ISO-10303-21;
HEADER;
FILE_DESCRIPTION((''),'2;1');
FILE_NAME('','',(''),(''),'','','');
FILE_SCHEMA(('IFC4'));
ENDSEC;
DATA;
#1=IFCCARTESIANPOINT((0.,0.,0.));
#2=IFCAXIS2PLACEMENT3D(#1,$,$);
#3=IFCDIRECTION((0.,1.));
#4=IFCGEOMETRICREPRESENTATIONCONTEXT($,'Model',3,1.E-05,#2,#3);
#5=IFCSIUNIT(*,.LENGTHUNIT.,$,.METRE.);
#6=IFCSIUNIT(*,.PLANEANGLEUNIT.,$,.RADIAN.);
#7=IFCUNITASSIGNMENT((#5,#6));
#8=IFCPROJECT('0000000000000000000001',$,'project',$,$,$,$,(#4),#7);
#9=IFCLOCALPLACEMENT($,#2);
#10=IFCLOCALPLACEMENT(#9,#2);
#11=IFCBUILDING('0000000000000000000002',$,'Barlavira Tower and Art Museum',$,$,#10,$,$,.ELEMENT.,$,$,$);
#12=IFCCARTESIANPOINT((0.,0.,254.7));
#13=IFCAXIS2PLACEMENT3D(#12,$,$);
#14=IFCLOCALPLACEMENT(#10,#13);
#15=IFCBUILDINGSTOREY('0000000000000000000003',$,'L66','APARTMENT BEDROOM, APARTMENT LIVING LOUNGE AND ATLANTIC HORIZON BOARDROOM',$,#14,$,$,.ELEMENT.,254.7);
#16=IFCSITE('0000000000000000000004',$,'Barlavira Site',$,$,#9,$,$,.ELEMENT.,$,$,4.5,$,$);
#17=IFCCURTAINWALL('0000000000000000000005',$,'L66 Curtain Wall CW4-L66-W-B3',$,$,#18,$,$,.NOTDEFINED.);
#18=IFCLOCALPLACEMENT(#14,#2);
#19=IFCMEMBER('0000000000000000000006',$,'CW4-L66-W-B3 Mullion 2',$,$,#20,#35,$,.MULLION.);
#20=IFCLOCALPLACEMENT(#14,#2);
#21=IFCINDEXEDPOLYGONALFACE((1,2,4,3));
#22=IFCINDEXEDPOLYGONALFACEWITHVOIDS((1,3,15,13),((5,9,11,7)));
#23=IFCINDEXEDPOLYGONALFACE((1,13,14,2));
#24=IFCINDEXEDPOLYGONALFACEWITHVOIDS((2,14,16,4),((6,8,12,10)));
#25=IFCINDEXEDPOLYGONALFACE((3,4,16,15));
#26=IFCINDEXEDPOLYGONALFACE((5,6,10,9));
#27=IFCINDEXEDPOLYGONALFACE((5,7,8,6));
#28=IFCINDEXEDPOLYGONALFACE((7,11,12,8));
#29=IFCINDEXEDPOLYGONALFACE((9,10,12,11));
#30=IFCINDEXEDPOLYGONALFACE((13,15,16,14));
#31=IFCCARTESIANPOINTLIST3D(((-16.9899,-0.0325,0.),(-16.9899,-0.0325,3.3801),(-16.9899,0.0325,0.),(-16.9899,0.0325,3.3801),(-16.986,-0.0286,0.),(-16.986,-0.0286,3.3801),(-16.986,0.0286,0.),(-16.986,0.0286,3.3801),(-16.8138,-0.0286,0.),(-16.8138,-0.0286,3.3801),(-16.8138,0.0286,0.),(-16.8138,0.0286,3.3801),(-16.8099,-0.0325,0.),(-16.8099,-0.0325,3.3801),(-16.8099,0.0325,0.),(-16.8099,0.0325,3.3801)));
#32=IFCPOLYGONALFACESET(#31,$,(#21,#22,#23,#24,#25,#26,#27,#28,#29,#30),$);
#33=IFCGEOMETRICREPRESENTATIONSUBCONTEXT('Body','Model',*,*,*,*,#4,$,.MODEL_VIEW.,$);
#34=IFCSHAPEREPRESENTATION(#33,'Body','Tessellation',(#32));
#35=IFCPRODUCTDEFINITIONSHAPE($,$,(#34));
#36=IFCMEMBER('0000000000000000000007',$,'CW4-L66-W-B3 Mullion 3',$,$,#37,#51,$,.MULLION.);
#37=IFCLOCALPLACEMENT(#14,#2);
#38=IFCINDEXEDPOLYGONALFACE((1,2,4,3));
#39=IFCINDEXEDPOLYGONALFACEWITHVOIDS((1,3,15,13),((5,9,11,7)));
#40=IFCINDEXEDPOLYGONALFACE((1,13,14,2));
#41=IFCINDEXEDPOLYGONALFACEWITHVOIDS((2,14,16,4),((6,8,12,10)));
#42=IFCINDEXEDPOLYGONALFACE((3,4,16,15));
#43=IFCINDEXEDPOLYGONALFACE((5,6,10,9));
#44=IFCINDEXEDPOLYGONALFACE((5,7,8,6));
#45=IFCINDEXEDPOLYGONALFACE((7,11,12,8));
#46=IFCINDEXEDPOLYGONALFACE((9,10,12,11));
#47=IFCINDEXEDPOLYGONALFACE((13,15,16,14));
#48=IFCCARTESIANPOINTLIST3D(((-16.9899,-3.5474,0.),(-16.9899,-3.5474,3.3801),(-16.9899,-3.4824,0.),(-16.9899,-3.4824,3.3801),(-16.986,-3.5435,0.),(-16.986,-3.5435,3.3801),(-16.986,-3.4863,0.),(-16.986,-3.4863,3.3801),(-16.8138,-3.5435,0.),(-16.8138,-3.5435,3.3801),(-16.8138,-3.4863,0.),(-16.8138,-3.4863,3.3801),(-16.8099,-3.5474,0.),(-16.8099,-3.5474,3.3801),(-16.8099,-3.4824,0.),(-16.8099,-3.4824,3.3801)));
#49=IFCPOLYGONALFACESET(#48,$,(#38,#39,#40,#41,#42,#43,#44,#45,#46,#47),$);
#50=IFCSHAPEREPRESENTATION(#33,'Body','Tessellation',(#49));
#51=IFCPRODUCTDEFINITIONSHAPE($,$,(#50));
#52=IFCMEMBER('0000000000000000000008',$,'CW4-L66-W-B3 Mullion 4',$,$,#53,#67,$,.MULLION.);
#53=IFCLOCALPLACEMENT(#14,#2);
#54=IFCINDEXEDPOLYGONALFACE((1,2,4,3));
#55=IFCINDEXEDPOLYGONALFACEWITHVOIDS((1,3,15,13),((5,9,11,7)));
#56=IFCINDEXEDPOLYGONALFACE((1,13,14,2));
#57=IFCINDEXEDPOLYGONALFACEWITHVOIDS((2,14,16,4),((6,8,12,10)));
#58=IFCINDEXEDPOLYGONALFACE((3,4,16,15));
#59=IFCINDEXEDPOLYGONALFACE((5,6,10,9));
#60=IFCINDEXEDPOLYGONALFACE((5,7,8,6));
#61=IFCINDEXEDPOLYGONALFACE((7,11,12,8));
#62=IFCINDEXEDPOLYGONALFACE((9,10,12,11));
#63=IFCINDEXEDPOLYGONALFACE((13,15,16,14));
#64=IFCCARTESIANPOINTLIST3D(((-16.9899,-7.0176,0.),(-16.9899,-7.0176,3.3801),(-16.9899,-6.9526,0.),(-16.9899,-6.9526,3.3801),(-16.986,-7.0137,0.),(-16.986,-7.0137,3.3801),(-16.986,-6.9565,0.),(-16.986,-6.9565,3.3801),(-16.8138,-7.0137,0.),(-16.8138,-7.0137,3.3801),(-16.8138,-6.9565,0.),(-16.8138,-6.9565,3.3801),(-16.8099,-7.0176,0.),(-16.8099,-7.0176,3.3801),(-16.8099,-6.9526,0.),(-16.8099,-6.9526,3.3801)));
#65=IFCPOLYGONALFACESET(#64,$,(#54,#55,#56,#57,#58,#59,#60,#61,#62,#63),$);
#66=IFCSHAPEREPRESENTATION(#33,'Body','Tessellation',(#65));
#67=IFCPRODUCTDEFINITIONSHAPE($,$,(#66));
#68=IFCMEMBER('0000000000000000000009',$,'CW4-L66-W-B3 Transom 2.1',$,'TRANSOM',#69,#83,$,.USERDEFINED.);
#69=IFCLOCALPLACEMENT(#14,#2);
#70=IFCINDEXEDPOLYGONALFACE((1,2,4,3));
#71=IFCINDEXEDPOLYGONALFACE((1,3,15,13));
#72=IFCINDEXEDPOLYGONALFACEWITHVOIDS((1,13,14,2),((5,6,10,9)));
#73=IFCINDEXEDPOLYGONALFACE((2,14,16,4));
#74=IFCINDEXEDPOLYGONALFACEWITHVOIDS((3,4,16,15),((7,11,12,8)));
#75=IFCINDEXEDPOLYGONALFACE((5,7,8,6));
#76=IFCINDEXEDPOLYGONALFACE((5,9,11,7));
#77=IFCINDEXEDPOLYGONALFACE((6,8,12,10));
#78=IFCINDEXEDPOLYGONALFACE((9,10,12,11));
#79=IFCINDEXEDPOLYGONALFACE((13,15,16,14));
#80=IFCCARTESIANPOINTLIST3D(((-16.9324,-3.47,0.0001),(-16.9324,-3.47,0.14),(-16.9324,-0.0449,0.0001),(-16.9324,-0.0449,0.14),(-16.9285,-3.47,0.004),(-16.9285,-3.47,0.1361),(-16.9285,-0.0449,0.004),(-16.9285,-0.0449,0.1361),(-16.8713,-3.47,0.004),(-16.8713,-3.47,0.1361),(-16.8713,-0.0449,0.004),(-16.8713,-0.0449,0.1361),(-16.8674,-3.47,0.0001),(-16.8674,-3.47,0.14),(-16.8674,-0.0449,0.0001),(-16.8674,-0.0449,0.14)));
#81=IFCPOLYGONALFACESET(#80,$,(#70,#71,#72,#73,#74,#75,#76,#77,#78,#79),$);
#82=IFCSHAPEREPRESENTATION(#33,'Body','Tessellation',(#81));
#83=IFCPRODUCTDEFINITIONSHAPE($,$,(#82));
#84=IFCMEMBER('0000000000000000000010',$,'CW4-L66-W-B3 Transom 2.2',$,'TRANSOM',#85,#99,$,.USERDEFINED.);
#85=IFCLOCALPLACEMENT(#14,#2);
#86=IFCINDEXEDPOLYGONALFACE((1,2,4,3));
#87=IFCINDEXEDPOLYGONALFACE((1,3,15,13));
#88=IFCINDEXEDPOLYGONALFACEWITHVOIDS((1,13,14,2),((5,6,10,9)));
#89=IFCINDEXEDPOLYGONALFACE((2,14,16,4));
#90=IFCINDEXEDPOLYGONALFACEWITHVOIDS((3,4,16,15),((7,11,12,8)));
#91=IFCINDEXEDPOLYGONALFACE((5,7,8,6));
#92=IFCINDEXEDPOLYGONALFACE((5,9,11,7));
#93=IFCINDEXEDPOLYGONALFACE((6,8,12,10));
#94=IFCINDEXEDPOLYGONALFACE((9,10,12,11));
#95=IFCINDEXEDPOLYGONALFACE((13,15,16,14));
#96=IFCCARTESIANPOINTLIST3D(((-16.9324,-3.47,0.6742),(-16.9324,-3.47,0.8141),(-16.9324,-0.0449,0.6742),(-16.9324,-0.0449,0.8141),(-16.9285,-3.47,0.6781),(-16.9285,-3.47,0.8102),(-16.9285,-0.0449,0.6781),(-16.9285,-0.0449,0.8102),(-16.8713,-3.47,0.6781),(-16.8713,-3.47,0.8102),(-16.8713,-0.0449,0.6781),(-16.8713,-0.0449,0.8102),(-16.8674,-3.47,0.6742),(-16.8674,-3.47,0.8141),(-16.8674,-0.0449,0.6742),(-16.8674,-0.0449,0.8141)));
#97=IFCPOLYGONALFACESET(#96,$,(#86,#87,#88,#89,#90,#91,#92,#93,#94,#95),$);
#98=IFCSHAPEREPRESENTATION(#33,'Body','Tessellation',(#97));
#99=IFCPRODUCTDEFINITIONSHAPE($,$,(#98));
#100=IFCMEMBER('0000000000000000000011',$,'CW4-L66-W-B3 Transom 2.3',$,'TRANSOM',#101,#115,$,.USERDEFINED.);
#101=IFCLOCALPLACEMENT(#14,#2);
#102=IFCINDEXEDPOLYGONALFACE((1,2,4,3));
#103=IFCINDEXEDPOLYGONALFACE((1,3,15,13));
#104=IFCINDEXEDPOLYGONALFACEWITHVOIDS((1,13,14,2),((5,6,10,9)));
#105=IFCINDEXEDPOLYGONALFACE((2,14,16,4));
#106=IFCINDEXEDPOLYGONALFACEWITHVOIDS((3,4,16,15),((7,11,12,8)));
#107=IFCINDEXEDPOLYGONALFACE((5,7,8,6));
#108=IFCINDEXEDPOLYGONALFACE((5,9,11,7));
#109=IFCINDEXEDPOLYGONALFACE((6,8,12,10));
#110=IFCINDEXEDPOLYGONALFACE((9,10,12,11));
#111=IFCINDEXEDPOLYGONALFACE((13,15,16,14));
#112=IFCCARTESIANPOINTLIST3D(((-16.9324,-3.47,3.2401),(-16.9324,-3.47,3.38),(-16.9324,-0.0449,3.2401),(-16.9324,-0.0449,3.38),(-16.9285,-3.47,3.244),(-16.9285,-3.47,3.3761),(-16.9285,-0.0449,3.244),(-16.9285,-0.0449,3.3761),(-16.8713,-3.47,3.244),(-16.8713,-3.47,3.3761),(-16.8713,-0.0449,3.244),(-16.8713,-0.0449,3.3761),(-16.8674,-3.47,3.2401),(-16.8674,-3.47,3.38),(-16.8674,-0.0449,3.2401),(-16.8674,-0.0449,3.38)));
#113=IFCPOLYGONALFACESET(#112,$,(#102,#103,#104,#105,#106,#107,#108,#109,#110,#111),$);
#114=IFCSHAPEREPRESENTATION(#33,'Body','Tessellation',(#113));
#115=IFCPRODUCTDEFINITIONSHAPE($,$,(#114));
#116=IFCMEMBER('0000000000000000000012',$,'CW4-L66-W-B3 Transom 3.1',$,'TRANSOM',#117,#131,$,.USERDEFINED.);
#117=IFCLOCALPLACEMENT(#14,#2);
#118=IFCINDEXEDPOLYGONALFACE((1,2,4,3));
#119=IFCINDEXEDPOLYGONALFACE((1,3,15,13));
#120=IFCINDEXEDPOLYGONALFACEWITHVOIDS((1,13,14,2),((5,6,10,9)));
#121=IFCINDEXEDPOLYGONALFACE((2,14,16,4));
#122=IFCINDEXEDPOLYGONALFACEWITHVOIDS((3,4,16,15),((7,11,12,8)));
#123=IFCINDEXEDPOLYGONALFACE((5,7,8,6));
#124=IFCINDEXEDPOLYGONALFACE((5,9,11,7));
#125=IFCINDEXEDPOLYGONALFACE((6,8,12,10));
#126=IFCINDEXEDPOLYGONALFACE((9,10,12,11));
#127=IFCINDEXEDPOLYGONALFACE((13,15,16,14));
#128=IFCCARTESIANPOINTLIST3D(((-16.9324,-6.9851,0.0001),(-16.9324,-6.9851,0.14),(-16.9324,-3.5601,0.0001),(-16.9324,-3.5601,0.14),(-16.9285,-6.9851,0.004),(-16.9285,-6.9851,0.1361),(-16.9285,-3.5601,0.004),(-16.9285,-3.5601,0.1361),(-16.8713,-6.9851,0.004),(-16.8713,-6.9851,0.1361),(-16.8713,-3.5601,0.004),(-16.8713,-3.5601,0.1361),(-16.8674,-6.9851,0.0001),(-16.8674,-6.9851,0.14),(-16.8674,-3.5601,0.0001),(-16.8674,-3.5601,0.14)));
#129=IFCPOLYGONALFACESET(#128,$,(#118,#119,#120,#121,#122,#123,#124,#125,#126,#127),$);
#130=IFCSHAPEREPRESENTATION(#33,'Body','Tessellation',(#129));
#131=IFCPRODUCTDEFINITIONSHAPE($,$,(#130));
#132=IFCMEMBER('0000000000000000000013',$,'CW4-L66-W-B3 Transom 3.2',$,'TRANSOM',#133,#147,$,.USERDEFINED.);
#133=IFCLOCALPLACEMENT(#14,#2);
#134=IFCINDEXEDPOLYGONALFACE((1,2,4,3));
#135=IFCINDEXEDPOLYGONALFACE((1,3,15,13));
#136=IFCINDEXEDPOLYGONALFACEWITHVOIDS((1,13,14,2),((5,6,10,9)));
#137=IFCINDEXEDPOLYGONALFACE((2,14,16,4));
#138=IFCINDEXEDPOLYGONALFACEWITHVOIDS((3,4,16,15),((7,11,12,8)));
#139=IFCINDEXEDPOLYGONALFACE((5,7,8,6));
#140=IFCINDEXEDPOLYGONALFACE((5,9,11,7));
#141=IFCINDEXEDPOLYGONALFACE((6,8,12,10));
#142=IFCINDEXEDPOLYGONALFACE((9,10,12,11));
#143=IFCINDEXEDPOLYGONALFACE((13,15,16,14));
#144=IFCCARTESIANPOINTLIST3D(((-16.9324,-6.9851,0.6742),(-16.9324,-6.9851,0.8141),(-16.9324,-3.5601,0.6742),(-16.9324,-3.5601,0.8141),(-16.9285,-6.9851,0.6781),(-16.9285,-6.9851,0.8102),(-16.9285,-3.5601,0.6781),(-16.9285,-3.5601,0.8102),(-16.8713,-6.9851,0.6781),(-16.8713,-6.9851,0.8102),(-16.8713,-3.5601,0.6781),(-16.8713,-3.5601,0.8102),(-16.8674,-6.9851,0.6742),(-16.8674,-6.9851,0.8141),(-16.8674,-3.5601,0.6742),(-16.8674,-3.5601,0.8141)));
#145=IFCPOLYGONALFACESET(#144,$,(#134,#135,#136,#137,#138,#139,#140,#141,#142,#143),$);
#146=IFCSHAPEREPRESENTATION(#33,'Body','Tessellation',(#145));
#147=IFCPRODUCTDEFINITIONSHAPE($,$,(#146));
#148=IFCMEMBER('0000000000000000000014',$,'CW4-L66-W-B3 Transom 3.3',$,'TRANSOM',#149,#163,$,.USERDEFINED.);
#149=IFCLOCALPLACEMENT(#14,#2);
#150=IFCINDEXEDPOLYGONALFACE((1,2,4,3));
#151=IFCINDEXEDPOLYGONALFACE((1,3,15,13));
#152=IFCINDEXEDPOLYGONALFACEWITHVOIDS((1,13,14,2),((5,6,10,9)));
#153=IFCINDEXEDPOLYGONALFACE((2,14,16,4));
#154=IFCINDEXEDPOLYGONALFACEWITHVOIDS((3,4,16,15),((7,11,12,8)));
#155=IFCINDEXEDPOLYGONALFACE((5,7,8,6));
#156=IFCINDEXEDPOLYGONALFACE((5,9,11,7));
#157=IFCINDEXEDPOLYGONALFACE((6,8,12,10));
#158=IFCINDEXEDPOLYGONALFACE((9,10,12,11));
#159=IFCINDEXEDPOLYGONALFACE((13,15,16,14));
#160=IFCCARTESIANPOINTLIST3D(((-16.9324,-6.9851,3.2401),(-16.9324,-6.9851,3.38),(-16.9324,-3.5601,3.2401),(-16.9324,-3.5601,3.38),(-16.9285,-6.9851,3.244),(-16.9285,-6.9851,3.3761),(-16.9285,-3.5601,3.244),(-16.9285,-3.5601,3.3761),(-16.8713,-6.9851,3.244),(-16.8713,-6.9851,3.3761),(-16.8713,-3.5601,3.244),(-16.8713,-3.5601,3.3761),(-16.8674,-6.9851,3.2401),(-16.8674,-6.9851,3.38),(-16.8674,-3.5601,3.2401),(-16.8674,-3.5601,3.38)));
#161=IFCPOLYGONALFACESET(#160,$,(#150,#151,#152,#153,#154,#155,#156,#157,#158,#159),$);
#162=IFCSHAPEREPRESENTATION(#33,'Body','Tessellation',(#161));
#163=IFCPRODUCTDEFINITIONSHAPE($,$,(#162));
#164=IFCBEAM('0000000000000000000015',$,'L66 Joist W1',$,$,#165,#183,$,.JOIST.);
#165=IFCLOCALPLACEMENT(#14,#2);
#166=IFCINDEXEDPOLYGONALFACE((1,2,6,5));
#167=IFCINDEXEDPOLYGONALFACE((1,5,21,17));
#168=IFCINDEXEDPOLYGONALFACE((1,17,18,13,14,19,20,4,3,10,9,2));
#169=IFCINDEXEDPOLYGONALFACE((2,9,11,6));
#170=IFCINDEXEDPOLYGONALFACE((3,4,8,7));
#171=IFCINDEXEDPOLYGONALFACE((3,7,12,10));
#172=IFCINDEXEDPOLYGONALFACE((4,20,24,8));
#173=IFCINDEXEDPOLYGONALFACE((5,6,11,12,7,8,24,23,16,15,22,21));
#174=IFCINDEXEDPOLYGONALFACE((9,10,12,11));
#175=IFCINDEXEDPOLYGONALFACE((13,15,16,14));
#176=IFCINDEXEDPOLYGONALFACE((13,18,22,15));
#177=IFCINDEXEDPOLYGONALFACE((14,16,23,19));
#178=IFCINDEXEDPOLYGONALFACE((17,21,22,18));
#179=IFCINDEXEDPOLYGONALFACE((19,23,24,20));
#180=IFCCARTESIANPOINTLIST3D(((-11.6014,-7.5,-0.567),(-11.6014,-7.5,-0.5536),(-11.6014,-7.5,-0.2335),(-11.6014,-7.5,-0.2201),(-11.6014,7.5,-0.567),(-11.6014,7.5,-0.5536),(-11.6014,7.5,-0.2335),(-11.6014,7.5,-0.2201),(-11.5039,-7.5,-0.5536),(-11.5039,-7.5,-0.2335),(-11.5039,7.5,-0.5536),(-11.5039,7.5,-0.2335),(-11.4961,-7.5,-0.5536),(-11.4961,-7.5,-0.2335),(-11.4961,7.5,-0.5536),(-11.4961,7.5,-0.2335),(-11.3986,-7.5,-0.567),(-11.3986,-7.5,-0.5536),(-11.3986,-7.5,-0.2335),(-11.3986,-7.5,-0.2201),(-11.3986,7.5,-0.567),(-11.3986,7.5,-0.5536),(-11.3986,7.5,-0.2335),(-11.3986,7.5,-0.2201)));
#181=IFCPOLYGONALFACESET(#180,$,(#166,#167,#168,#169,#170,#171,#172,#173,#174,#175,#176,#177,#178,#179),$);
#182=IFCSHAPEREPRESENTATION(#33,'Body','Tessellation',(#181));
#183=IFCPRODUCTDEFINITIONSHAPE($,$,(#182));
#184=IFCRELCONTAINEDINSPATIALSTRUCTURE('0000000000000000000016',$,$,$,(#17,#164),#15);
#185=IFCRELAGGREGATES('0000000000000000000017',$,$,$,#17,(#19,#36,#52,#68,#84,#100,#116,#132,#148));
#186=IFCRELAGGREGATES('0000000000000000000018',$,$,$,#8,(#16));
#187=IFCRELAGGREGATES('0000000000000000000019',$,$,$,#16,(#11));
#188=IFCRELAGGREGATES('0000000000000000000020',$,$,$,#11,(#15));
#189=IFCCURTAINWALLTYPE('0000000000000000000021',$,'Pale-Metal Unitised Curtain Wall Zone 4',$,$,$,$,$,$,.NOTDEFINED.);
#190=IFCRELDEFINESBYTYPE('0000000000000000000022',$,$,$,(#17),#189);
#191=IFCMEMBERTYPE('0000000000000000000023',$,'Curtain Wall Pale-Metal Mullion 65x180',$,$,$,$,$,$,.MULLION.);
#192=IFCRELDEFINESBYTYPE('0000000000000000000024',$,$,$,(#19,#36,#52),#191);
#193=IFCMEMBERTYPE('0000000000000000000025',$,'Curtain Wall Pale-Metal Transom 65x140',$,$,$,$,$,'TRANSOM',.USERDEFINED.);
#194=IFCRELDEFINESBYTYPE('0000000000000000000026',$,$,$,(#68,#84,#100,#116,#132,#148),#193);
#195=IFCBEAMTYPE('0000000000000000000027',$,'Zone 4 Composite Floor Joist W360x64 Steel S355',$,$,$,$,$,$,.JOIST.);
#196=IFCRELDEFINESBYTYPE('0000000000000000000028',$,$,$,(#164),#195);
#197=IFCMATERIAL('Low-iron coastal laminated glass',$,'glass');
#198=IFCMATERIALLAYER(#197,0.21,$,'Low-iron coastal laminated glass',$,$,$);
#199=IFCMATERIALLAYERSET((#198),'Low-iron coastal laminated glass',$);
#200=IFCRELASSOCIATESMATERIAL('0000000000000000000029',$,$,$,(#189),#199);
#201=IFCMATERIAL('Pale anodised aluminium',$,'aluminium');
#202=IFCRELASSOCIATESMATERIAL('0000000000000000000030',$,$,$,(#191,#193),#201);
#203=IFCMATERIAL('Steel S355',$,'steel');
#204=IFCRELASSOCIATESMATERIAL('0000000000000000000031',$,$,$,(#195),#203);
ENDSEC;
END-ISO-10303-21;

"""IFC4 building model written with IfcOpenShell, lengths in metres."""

from ifc_helpers import new_model, si_unit, direction, frame, origin, origin_2d, place, context, subcontext, project, spatial, hollow_rectangle, i_section, extrude, material, layer, layer_set, material_profile, profile_set, type_object, element, aggregate, save


model = new_model("IFC4")

# Units and contexts
model_context = context("Model", 3, precision=1e-05, world=origin(), true_north=direction((0.0, 1.0)))
body_context = subcontext(model_context, "Body", "Model", "MODEL_VIEW")
ifc_project = project(units=[si_unit("LENGTHUNIT", "METRE"), si_unit("PLANEANGLEUNIT", "RADIAN")], contexts=[model_context])

# Site, building, storey
site_placement = place(None, origin())
site = spatial("IfcSite", under=ifc_project, at=site_placement, Name="Barlavira Site", CompositionType="ELEMENT", RefElevation=4.5)
building_placement = place(site_placement, origin())
building = spatial("IfcBuilding", under=site, at=building_placement, Name="Barlavira Tower and Art Museum", CompositionType="ELEMENT")
storey_placement = place(building_placement, frame((0.0, 0.0, 254.7)))
storey = spatial("IfcBuildingStorey", under=building, at=storey_placement, Name="L66", Description="APARTMENT BEDROOM, APARTMENT LIVING LOUNGE AND ATLANTIC HORIZON BOARDROOM", CompositionType="ELEMENT", Elevation=254.7)

# Curtain wall, members
ifc_material_1 = material(Name="Low-iron coastal laminated glass", Category="glass")
ifc_layer_1 = layer(ifc_material_1, 0.21, Name="Low-iron coastal laminated glass")
ifc_layer_set_1 = layer_set([ifc_layer_1], Name="Low-iron coastal laminated glass")
curtain_wall_type = type_object("IfcCurtainWallType", Name="Pale-Metal Unitised Curtain Wall Zone 4", PredefinedType="NOTDEFINED", material=ifc_layer_set_1)
curtain_wall_placement = place(storey_placement, origin())
curtain_wall = element("IfcCurtainWall", 1, at=curtain_wall_placement, inside=storey, type_object=curtain_wall_type, Name="L66 Curtain Wall CW4-L66-W-B3", PredefinedType="NOTDEFINED")
ifc_material_2 = material(Name="Pale anodised aluminium", Category="aluminium")
ifc_material_profile_1 = material_profile(ifc_material_2, hollow_rectangle(XDim=0.0649, YDim=0.1799, WallThickness=0.0039, at=origin_2d()), Name="ALU-MULL 65x180x4")
ifc_profile_set_1 = profile_set([ifc_material_profile_1], Name="Pale anodised aluminium")
member_type_1 = type_object("IfcMemberType", Name="Curtain Wall Pale-Metal Mullion 65x180", PredefinedType="MULLION", material=ifc_profile_set_1)
member_1_placement = place(storey_placement, frame((-16.8999, 0.0, 0.0), z_axis=(0.0, 0.0, 1.0), x_axis=(0.0, -1.0, 0.0)))
member_1 = element("IfcMember", 2, at=member_1_placement, type_object=member_type_1, Name="CW4-L66-W-B3 Mullion 2", PredefinedType="MULLION", context=body_context, shape_type="SweptSolid", body=[
    extrude(hollow_rectangle(XDim=0.0649, YDim=0.1799, WallThickness=0.0039, at=origin_2d()), origin(), (0.0, 0.0, 1.0), 3.3801),
])
member_2_placement = place(storey_placement, frame((-16.8999, -3.5149, 0.0), z_axis=(0.0, 0.0, 1.0), x_axis=(0.0, -1.0, 0.0)))
member_2 = element("IfcMember", 3, at=member_2_placement, type_object=member_type_1, Name="CW4-L66-W-B3 Mullion 3", PredefinedType="MULLION", context=body_context, shape_type="SweptSolid", body=[
    extrude(hollow_rectangle(XDim=0.0649, YDim=0.1799, WallThickness=0.0039, at=origin_2d()), origin(), (0.0, 0.0, 1.0), 3.3801),
])
member_3_placement = place(storey_placement, frame((-16.8999, -6.9851, 0.0), z_axis=(0.0, 0.0, 1.0), x_axis=(0.0, -1.0, 0.0)))
member_3 = element("IfcMember", 4, at=member_3_placement, type_object=member_type_1, Name="CW4-L66-W-B3 Mullion 4", PredefinedType="MULLION", context=body_context, shape_type="SweptSolid", body=[
    extrude(hollow_rectangle(XDim=0.0649, YDim=0.1799, WallThickness=0.0039, at=origin_2d()), origin(), (0.0, 0.0, 1.0), 3.3801),
])
ifc_material_profile_2 = material_profile(ifc_material_2, hollow_rectangle(XDim=0.0649, YDim=0.1399, WallThickness=0.0039, at=origin_2d()), Name="ALU-TRAN 65x140x4")
ifc_profile_set_2 = profile_set([ifc_material_profile_2], Name="Pale anodised aluminium")
member_type_2 = type_object("IfcMemberType", Name="Curtain Wall Pale-Metal Transom 65x140", ElementType="TRANSOM", PredefinedType="USERDEFINED", material=ifc_profile_set_2)
member_4_placement = place(storey_placement, frame((-16.8999, -0.0449, 0.0701), z_axis=(0.0, -1.0, 0.0), x_axis=(1.0, 0.0, 0.0)))
member_4 = element("IfcMember", 5, at=member_4_placement, type_object=member_type_2, Name="CW4-L66-W-B3 Transom 2.1", ObjectType="TRANSOM", PredefinedType="USERDEFINED", context=body_context, shape_type="SweptSolid", body=[
    extrude(hollow_rectangle(XDim=0.0649, YDim=0.1399, WallThickness=0.0039, at=origin_2d()), origin(), (0.0, 0.0, 1.0), 3.425),
])
member_5_placement = place(storey_placement, frame((-16.8999, -0.0449, 0.7441), z_axis=(0.0, -1.0, 0.0), x_axis=(1.0, 0.0, 0.0)))
member_5 = element("IfcMember", 6, at=member_5_placement, type_object=member_type_2, Name="CW4-L66-W-B3 Transom 2.2", ObjectType="TRANSOM", PredefinedType="USERDEFINED", context=body_context, shape_type="SweptSolid", body=[
    extrude(hollow_rectangle(XDim=0.0649, YDim=0.1399, WallThickness=0.0039, at=origin_2d()), origin(), (0.0, 0.0, 1.0), 3.425),
])
member_6_placement = place(storey_placement, frame((-16.8999, -0.0449, 3.3101), z_axis=(0.0, -1.0, 0.0), x_axis=(1.0, 0.0, 0.0)))
member_6 = element("IfcMember", 7, at=member_6_placement, type_object=member_type_2, Name="CW4-L66-W-B3 Transom 2.3", ObjectType="TRANSOM", PredefinedType="USERDEFINED", context=body_context, shape_type="SweptSolid", body=[
    extrude(hollow_rectangle(XDim=0.0649, YDim=0.1399, WallThickness=0.0039, at=origin_2d()), origin(), (0.0, 0.0, 1.0), 3.425),
])
member_7_placement = place(storey_placement, frame((-16.8999, -3.5601, 0.0701), z_axis=(0.0, -1.0, 0.0), x_axis=(1.0, 0.0, 0.0)))
member_7 = element("IfcMember", 8, at=member_7_placement, type_object=member_type_2, Name="CW4-L66-W-B3 Transom 3.1", ObjectType="TRANSOM", PredefinedType="USERDEFINED", context=body_context, shape_type="SweptSolid", body=[
    extrude(hollow_rectangle(XDim=0.0649, YDim=0.1399, WallThickness=0.0039, at=origin_2d()), origin(), (0.0, 0.0, 1.0), 3.425),
])
member_8_placement = place(storey_placement, frame((-16.8999, -3.5601, 0.7441), z_axis=(0.0, -1.0, 0.0), x_axis=(1.0, 0.0, 0.0)))
member_8 = element("IfcMember", 9, at=member_8_placement, type_object=member_type_2, Name="CW4-L66-W-B3 Transom 3.2", ObjectType="TRANSOM", PredefinedType="USERDEFINED", context=body_context, shape_type="SweptSolid", body=[
    extrude(hollow_rectangle(XDim=0.0649, YDim=0.1399, WallThickness=0.0039, at=origin_2d()), origin(), (0.0, 0.0, 1.0), 3.425),
])
member_9_placement = place(storey_placement, frame((-16.8999, -3.5601, 3.3101), z_axis=(0.0, -1.0, 0.0), x_axis=(1.0, 0.0, 0.0)))
member_9 = element("IfcMember", 10, at=member_9_placement, type_object=member_type_2, Name="CW4-L66-W-B3 Transom 3.3", ObjectType="TRANSOM", PredefinedType="USERDEFINED", context=body_context, shape_type="SweptSolid", body=[
    extrude(hollow_rectangle(XDim=0.0649, YDim=0.1399, WallThickness=0.0039, at=origin_2d()), origin(), (0.0, 0.0, 1.0), 3.425),
])

# Beam
ifc_material_3 = material(Name="Steel S355", Category="steel")
ifc_material_profile_3 = material_profile(ifc_material_3, i_section(OverallWidth=0.2029, OverallDepth=0.3469, WebThickness=0.0078, FlangeThickness=0.0134, at=origin_2d()), Name="W360x64.0")
ifc_profile_set_3 = profile_set([ifc_material_profile_3], Name="Steel S355")
beam_type = type_object("IfcBeamType", Name="Zone 4 Composite Floor Joist W360x64 Steel S355", PredefinedType="JOIST", material=ifc_profile_set_3)
beam_placement = place(storey_placement, frame((-11.5, -7.5, -0.3936), z_axis=(0.0, 1.0, 0.0), x_axis=(-1.0, 0.0, 0.0)))
element("IfcBeam", 11, at=beam_placement, inside=storey, type_object=beam_type, Name="L66 Joist W1", PredefinedType="JOIST", context=body_context, shape_type="SweptSolid", body=[
    extrude(i_section(OverallWidth=0.2029, OverallDepth=0.3469, WebThickness=0.0078, FlangeThickness=0.0134, at=origin_2d()), origin(), (0.0, 0.0, 1.0), 15.0),
])

aggregate(curtain_wall, [member_1, member_2, member_3, member_4, member_5, member_6, member_7, member_8, member_9])

save(model, "model.ifc")
